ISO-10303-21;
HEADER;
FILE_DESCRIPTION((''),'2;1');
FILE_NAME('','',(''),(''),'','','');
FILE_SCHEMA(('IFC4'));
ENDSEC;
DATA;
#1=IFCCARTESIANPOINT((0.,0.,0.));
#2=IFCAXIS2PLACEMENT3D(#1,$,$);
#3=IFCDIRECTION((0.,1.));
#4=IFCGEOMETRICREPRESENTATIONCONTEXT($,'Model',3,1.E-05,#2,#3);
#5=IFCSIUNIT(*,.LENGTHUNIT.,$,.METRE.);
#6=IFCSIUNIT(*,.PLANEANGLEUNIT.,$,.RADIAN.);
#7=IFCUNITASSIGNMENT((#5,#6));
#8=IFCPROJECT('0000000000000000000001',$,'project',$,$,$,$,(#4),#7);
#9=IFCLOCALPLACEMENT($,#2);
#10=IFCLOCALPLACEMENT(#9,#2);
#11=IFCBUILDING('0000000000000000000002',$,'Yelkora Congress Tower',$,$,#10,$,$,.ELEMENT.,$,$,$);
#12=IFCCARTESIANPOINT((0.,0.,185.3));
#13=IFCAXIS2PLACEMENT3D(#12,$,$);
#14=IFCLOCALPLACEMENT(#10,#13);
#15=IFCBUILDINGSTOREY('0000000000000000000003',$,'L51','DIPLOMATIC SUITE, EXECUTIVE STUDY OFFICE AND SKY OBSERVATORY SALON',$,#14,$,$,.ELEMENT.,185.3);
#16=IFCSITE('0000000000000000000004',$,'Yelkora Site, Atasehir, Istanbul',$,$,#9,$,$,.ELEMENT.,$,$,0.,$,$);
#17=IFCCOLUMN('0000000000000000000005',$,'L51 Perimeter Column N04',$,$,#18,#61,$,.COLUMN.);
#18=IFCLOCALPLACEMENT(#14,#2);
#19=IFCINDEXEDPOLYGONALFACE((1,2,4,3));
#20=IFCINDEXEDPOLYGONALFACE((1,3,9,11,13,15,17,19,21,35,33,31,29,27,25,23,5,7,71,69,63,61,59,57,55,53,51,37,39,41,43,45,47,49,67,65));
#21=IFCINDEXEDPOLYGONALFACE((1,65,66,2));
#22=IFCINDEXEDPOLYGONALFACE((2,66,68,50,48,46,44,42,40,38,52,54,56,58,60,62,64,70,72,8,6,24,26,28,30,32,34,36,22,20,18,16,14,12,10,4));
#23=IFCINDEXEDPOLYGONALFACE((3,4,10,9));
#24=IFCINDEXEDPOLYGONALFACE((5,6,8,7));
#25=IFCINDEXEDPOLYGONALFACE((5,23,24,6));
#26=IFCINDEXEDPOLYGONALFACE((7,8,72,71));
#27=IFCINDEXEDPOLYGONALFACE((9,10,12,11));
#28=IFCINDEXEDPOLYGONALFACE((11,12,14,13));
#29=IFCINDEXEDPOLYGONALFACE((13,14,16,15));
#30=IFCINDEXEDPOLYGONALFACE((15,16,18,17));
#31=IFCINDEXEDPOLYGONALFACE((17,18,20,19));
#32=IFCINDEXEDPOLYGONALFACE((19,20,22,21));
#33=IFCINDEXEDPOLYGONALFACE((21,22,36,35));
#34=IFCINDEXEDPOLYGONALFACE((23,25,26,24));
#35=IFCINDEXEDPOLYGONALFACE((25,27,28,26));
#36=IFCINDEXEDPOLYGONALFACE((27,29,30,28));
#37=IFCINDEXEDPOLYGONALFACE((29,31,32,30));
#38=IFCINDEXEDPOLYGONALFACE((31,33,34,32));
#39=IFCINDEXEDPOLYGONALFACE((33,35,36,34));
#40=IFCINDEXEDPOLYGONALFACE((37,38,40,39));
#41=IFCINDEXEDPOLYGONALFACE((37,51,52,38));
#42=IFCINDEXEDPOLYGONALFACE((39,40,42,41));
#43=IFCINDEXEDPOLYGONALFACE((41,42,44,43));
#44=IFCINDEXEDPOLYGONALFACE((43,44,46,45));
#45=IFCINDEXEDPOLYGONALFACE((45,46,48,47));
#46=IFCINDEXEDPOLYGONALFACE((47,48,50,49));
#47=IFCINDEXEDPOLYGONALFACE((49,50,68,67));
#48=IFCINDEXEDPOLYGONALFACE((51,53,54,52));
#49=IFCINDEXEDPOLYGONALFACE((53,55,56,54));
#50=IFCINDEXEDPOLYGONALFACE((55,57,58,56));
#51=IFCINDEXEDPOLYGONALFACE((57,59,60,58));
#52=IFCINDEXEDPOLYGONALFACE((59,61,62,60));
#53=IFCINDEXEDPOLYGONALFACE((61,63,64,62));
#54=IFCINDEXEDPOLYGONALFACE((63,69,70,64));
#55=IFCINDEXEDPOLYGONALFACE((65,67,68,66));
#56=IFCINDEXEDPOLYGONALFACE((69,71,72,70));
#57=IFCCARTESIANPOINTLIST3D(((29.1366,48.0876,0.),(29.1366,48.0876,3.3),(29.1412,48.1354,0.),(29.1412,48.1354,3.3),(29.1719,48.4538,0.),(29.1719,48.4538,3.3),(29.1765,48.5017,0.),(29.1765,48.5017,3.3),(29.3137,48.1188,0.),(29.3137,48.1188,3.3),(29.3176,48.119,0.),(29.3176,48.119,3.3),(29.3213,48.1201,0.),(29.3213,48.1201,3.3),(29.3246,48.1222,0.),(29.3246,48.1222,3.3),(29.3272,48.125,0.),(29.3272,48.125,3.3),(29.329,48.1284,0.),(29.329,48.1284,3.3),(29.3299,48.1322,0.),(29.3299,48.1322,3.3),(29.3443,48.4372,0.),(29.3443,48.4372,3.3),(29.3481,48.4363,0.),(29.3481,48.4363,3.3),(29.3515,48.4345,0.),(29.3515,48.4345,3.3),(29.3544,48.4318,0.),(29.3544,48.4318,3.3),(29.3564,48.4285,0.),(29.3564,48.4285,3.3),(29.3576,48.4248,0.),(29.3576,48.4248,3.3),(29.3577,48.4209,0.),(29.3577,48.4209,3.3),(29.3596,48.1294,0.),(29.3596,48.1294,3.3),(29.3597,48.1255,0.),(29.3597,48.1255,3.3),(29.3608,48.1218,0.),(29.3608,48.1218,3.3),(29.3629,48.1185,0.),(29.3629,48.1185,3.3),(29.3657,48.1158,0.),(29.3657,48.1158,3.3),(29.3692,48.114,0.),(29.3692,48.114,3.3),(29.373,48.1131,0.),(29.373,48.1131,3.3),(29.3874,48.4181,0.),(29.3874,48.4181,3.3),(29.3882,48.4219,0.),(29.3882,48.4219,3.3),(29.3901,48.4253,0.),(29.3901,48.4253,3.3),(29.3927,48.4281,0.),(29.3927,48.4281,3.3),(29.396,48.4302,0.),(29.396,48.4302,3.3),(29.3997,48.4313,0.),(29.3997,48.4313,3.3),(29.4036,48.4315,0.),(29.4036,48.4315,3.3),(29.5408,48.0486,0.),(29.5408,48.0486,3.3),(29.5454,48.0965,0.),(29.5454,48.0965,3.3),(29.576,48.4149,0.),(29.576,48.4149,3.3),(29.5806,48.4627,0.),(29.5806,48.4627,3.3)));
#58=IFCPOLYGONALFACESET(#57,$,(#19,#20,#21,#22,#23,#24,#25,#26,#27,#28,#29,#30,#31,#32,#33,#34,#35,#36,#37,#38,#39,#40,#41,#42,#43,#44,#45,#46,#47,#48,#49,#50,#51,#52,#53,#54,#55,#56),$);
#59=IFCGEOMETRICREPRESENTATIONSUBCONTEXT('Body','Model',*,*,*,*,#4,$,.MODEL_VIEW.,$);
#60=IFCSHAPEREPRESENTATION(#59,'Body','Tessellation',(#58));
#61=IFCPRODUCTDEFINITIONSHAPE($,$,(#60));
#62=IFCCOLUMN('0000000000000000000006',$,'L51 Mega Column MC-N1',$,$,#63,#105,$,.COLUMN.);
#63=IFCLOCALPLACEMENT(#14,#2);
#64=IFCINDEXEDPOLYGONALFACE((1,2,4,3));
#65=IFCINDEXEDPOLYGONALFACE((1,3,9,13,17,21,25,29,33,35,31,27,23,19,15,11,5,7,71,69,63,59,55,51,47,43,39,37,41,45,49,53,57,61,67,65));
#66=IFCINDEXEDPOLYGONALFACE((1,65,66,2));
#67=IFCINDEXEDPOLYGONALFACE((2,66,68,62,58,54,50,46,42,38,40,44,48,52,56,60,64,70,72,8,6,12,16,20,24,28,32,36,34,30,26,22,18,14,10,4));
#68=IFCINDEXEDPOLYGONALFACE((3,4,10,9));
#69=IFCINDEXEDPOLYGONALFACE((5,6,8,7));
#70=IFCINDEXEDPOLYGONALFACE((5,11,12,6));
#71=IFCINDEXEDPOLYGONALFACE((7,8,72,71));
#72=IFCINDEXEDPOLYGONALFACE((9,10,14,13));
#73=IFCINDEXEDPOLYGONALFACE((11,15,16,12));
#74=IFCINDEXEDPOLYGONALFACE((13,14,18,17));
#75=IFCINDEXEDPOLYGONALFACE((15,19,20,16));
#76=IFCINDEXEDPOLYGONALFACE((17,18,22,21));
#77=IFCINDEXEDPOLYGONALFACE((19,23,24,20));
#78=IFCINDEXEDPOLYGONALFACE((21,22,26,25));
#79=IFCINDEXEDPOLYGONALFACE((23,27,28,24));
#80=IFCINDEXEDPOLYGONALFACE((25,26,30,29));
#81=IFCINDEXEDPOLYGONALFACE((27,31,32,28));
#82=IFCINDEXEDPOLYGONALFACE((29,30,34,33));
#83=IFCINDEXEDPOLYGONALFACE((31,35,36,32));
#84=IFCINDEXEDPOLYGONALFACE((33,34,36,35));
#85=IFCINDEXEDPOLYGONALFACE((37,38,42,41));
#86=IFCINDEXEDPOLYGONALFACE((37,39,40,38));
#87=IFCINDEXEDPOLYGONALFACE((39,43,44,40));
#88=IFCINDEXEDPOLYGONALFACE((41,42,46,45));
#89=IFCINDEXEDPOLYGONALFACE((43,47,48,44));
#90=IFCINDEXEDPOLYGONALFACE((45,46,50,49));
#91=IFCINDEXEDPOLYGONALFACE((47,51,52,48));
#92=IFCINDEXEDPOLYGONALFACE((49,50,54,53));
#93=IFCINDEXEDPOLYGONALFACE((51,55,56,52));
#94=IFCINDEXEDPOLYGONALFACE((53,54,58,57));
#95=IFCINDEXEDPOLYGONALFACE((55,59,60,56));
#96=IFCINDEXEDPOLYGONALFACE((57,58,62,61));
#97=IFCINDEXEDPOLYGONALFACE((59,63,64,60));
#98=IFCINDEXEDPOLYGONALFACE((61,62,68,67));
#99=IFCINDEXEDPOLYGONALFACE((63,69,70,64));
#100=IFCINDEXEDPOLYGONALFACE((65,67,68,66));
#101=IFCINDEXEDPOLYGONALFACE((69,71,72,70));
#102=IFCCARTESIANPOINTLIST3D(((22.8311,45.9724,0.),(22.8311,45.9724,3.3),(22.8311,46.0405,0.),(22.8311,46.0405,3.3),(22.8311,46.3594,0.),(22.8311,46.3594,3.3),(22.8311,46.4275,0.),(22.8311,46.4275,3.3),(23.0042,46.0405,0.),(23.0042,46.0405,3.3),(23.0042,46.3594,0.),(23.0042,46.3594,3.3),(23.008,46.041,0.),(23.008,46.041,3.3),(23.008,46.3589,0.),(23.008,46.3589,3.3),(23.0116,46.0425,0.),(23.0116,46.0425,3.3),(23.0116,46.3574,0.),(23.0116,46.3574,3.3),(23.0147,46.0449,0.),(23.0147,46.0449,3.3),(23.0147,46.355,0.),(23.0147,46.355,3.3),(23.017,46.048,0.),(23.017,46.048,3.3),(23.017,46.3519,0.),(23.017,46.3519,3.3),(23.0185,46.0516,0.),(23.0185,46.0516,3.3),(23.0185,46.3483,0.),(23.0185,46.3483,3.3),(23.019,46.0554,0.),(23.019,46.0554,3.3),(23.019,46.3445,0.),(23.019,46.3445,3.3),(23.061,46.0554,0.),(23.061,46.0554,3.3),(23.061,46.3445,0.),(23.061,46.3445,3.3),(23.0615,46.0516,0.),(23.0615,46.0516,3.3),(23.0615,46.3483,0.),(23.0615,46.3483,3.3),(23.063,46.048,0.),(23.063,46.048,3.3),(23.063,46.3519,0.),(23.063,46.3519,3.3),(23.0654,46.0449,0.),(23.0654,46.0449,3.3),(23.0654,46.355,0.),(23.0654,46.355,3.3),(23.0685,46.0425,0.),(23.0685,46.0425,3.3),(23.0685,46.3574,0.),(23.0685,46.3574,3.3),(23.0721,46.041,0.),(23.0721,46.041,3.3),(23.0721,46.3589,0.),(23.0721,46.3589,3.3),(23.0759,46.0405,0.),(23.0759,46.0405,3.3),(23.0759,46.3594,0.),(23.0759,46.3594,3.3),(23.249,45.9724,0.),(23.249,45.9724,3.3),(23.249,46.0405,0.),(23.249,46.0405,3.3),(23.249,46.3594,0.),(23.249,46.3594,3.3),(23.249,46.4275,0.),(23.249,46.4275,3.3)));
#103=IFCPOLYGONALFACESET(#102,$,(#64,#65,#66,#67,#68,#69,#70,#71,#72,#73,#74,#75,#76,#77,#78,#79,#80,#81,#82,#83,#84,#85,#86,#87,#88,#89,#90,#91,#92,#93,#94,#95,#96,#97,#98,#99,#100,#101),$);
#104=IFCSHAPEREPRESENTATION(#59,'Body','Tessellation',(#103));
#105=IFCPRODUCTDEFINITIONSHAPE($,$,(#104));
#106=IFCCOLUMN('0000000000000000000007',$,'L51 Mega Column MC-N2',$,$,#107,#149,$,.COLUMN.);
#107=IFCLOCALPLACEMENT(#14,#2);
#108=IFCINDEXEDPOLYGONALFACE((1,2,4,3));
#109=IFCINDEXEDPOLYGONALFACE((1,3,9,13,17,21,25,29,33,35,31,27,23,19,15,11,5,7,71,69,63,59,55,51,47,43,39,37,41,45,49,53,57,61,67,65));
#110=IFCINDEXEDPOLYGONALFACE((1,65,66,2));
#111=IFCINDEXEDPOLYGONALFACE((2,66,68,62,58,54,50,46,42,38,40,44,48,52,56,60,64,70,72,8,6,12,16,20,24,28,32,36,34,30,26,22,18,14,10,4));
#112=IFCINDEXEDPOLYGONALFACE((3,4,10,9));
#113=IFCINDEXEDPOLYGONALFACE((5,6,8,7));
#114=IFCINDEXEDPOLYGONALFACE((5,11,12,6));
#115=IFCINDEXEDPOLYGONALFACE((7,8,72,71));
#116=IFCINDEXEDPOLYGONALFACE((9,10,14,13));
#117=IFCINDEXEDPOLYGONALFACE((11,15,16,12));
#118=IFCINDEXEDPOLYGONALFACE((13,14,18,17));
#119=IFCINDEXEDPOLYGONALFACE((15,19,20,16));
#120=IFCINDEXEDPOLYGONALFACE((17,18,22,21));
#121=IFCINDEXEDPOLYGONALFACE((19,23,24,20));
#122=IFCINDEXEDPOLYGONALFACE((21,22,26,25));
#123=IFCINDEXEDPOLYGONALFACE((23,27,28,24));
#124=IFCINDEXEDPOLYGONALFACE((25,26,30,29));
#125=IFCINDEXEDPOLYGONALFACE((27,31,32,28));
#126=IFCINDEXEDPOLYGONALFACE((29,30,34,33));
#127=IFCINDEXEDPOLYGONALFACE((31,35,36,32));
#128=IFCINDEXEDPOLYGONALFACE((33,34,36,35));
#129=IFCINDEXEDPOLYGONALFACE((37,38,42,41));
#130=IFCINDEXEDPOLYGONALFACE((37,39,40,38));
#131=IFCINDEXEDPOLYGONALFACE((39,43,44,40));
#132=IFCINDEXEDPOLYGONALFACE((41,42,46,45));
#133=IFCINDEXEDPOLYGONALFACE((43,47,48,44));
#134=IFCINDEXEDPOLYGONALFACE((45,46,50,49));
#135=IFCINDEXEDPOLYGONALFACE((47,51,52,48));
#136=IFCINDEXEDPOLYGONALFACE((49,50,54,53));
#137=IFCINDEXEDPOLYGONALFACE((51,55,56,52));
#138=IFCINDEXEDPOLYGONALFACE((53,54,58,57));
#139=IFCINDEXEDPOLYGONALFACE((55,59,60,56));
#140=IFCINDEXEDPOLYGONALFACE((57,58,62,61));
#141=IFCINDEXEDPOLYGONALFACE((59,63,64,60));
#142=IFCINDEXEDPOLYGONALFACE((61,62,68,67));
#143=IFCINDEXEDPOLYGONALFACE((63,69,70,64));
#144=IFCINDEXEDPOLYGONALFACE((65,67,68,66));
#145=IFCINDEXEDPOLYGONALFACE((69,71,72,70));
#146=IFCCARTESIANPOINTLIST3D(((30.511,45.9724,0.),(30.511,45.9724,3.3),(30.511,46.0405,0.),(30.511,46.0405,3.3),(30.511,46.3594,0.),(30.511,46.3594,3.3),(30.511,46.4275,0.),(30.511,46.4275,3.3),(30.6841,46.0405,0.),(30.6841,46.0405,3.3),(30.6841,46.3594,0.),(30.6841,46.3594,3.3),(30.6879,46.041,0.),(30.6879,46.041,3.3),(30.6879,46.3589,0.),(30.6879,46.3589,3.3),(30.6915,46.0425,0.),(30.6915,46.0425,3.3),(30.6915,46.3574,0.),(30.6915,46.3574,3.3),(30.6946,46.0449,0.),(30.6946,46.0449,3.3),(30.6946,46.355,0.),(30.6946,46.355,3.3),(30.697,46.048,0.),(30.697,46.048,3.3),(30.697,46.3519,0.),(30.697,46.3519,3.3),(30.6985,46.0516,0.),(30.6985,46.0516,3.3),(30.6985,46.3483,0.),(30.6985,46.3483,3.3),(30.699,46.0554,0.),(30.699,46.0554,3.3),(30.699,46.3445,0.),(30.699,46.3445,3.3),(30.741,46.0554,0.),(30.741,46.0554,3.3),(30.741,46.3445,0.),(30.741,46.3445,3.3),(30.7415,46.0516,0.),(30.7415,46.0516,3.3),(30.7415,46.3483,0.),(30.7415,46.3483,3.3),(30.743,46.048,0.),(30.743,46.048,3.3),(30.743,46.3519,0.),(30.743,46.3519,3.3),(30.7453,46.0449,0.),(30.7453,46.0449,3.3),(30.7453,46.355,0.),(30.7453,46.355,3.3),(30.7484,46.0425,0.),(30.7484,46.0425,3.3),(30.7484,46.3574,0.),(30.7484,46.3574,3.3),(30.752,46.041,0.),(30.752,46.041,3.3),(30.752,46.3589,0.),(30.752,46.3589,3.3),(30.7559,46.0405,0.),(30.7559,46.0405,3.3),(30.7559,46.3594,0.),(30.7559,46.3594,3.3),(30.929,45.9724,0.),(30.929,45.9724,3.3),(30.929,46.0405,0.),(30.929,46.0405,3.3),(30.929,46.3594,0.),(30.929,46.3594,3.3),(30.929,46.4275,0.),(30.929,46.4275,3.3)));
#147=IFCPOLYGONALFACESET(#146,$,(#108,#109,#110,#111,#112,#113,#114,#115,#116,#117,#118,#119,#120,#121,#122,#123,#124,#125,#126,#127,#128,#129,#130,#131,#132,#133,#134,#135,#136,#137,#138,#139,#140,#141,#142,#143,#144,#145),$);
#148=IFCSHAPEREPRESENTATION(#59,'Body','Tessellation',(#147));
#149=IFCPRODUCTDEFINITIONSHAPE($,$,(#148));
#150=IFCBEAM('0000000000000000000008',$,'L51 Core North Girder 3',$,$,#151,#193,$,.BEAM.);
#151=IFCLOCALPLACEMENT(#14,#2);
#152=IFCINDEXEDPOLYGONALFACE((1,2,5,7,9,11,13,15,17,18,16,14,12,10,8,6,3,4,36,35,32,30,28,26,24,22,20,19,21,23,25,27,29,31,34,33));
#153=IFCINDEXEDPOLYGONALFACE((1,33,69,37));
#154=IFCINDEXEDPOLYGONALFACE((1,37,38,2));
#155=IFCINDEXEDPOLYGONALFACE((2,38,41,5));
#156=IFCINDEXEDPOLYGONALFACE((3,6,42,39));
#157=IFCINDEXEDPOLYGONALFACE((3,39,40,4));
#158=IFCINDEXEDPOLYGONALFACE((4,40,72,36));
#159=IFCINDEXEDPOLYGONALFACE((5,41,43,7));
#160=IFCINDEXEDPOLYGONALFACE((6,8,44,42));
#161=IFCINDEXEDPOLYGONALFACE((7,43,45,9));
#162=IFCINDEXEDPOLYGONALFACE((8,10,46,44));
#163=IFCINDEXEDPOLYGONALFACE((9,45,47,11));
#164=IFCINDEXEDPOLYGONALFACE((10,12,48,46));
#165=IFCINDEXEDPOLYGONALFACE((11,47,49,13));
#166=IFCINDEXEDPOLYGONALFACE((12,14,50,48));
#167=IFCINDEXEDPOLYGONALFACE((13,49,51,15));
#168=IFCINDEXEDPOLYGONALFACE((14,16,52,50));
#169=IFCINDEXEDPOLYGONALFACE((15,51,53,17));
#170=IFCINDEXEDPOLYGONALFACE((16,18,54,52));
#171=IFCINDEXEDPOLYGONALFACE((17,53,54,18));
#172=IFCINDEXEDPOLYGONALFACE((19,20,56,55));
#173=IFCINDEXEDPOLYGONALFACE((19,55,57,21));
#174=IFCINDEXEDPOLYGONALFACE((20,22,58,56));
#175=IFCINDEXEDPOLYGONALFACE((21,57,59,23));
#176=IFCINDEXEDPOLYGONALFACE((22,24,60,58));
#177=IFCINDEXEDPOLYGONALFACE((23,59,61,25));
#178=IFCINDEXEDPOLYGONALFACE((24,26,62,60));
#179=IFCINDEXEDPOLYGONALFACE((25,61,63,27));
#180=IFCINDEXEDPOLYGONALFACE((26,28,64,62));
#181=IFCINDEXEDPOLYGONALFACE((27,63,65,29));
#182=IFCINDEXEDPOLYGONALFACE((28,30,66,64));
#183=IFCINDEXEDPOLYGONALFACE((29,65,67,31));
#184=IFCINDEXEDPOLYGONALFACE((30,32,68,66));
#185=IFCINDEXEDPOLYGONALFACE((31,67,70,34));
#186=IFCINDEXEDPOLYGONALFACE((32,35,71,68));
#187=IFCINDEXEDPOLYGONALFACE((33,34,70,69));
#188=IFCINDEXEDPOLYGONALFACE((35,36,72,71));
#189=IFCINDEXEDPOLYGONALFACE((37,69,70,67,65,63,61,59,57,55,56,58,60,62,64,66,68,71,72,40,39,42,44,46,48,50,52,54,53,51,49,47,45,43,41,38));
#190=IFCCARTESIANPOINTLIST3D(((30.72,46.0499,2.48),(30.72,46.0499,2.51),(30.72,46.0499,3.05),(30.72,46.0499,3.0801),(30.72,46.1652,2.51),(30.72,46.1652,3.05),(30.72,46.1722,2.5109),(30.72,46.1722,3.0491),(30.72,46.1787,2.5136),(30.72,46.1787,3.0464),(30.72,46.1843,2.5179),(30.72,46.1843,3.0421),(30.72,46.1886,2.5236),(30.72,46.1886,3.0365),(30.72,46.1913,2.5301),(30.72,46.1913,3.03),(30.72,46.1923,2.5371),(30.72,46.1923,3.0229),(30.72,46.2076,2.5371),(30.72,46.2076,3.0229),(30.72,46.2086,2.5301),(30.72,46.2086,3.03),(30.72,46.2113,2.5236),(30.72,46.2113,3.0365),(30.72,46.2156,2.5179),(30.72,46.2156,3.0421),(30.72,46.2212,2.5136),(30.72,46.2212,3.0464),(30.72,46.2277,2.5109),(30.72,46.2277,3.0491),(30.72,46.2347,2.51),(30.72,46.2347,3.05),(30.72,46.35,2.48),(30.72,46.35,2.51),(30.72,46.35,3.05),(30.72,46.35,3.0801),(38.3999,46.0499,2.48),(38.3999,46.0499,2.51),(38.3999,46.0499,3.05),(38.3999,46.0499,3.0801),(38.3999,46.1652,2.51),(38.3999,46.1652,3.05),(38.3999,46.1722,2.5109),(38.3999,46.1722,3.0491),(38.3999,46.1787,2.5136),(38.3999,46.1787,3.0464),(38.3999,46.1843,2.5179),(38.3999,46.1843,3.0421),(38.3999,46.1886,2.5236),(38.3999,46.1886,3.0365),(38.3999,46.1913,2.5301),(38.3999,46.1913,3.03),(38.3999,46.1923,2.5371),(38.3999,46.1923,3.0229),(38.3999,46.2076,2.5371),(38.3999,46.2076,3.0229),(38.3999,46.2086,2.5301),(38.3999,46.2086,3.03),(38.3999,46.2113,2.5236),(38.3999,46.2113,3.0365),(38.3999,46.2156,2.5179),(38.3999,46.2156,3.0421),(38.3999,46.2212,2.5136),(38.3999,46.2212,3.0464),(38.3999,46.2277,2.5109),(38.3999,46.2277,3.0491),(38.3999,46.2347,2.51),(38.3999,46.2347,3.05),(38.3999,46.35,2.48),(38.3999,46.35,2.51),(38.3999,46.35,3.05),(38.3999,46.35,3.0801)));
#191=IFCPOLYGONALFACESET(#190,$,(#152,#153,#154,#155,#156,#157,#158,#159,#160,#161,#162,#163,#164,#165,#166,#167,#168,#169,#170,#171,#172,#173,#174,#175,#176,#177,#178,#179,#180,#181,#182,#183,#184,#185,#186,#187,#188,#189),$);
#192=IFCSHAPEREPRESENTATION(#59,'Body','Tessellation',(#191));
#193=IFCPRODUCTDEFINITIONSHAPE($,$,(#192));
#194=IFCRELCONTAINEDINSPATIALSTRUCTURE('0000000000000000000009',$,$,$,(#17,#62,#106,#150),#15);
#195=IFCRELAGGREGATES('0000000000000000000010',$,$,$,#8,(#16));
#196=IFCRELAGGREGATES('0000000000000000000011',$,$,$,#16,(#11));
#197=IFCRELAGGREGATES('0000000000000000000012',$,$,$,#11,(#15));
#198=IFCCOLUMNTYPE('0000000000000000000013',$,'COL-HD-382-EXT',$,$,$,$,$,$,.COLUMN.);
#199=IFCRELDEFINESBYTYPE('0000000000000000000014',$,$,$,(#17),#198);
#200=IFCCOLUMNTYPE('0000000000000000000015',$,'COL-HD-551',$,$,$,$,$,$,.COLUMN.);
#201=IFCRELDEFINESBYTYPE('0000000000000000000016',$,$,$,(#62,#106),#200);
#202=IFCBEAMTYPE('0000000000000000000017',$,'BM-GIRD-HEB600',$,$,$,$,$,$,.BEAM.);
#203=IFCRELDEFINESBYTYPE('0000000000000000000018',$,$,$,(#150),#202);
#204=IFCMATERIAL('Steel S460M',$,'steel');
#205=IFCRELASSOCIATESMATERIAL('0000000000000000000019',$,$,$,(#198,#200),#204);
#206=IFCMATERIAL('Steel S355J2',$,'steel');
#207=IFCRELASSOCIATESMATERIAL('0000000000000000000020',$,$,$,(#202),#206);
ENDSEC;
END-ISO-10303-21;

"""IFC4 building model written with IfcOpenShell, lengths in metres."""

from ifc_helpers import new_model, si_unit, direction, frame, origin, origin_2d, place, context, subcontext, project, spatial, i_section, extrude, material, material_profile, profile_set, type_object, element, save


model = new_model("IFC4")

# Units and contexts
model_context = context("Model", 3, precision=1e-05, world=origin(), true_north=direction((0.0, 1.0)))
body_context = subcontext(model_context, "Body", "Model", "MODEL_VIEW")
ifc_project = project(units=[si_unit("LENGTHUNIT", "METRE"), si_unit("PLANEANGLEUNIT", "RADIAN")], contexts=[model_context])

# Site, building, storey
site_placement = place(None, origin())
site = spatial("IfcSite", under=ifc_project, at=site_placement, Name="Yelkora Site, Atasehir, Istanbul", CompositionType="ELEMENT", RefElevation=0.0)
building_placement = place(site_placement, origin())
building = spatial("IfcBuilding", under=site, at=building_placement, Name="Yelkora Congress Tower", CompositionType="ELEMENT")
storey_placement = place(building_placement, frame((0.0, 0.0, 185.3)))
storey = spatial("IfcBuildingStorey", under=building, at=storey_placement, Name="L51", Description="DIPLOMATIC SUITE, EXECUTIVE STUDY OFFICE AND SKY OBSERVATORY SALON", CompositionType="ELEMENT", Elevation=185.3)

# Columns
ifc_material_1 = material(Name="Steel S460M", Category="steel")
ifc_material_profile_1 = material_profile(ifc_material_1, i_section(OverallWidth=0.406, OverallDepth=0.416, WebThickness=0.0298, FlangeThickness=0.0481, FilletRadius=0.0149, at=origin_2d()), Name="HD 400x382")
ifc_profile_set_1 = profile_set([ifc_material_profile_1], Name="Steel S460M")
column_type_1 = type_object("IfcColumnType", Name="COL-HD-382-EXT", PredefinedType="COLUMN", material=ifc_profile_set_1)
column_placement = place(storey_placement, frame((29.3586, 48.2751, 0.0), z_axis=(0.0, 0.0, 1.0), x_axis=(0.995396, -0.095846, 0.0)))
element("IfcColumn", 1, at=column_placement, inside=storey, type_object=column_type_1, Name="L51 Perimeter Column N04", PredefinedType="COLUMN", context=body_context, shape_type="SweptSolid", body=[
    extrude(i_section(OverallWidth=0.406, OverallDepth=0.416, WebThickness=0.0298, FlangeThickness=0.0481, FilletRadius=0.0149, at=origin_2d()), origin(), (0.0, 0.0, 1.0), 3.3),
])
ifc_material_profile_2 = material_profile(ifc_material_1, i_section(OverallWidth=0.418, OverallDepth=0.4551, WebThickness=0.042, FlangeThickness=0.0681, FilletRadius=0.0149, at=origin_2d()), Name="HD 400x551")
ifc_profile_set_2 = profile_set([ifc_material_profile_2], Name="Steel S460M")
column_type_2 = type_object("IfcColumnType", Name="COL-HD-551", PredefinedType="COLUMN", material=ifc_profile_set_2)
for number, where, z_axis, x_axis, name in (
    (2, (23.04, 46.2, 0.0), (0.0, 0.0, 1.0), (1.0, 0.0, 0.0), "L51 Mega Column MC-N1"),
    (3, (30.72, 46.2, 0.0), (0.0, 0.0, 1.0), (1.0, 0.0, 0.0), "L51 Mega Column MC-N2"),
):
    element("IfcColumn", number, at=place(storey_placement, frame(where, z_axis=z_axis, x_axis=x_axis)), inside=storey, type_object=column_type_2, Name=name, PredefinedType="COLUMN", context=body_context, shape_type="SweptSolid", body=[
        extrude(i_section(OverallWidth=0.418, OverallDepth=0.4551, WebThickness=0.042, FlangeThickness=0.0681, FilletRadius=0.0149, at=origin_2d()), origin(), (0.0, 0.0, 1.0), 3.3),
    ])

# Beam
ifc_material_2 = material(Name="Steel S355J2", Category="steel")
ifc_material_profile_3 = material_profile(ifc_material_2, i_section(OverallWidth=0.3, OverallDepth=0.6001, WebThickness=0.0154, FlangeThickness=0.03, FilletRadius=0.0271, at=origin_2d()), Name="HEB 600")
ifc_profile_set_3 = profile_set([ifc_material_profile_3], Name="Steel S355J2")
beam_type_1 = type_object("IfcBeamType", Name="BM-GIRD-HEB600", PredefinedType="BEAM", material=ifc_profile_set_3)
beam_1_placement = place(storey_placement, frame((30.72, 46.2, 2.78), z_axis=(1.0, 0.0, 0.0), x_axis=(0.0, 1.0, 0.0)))
element("IfcBeam", 4, at=beam_1_placement, inside=storey, type_object=beam_type_1, Name="L51 Core North Girder 3", PredefinedType="BEAM", context=body_context, shape_type="SweptSolid", body=[
    extrude(i_section(OverallWidth=0.3, OverallDepth=0.6001, WebThickness=0.0154, FlangeThickness=0.03, FilletRadius=0.0271, at=origin_2d()), origin(), (0.0, 0.0, 1.0), 7.6799),
])

save(model, "model.ifc")
